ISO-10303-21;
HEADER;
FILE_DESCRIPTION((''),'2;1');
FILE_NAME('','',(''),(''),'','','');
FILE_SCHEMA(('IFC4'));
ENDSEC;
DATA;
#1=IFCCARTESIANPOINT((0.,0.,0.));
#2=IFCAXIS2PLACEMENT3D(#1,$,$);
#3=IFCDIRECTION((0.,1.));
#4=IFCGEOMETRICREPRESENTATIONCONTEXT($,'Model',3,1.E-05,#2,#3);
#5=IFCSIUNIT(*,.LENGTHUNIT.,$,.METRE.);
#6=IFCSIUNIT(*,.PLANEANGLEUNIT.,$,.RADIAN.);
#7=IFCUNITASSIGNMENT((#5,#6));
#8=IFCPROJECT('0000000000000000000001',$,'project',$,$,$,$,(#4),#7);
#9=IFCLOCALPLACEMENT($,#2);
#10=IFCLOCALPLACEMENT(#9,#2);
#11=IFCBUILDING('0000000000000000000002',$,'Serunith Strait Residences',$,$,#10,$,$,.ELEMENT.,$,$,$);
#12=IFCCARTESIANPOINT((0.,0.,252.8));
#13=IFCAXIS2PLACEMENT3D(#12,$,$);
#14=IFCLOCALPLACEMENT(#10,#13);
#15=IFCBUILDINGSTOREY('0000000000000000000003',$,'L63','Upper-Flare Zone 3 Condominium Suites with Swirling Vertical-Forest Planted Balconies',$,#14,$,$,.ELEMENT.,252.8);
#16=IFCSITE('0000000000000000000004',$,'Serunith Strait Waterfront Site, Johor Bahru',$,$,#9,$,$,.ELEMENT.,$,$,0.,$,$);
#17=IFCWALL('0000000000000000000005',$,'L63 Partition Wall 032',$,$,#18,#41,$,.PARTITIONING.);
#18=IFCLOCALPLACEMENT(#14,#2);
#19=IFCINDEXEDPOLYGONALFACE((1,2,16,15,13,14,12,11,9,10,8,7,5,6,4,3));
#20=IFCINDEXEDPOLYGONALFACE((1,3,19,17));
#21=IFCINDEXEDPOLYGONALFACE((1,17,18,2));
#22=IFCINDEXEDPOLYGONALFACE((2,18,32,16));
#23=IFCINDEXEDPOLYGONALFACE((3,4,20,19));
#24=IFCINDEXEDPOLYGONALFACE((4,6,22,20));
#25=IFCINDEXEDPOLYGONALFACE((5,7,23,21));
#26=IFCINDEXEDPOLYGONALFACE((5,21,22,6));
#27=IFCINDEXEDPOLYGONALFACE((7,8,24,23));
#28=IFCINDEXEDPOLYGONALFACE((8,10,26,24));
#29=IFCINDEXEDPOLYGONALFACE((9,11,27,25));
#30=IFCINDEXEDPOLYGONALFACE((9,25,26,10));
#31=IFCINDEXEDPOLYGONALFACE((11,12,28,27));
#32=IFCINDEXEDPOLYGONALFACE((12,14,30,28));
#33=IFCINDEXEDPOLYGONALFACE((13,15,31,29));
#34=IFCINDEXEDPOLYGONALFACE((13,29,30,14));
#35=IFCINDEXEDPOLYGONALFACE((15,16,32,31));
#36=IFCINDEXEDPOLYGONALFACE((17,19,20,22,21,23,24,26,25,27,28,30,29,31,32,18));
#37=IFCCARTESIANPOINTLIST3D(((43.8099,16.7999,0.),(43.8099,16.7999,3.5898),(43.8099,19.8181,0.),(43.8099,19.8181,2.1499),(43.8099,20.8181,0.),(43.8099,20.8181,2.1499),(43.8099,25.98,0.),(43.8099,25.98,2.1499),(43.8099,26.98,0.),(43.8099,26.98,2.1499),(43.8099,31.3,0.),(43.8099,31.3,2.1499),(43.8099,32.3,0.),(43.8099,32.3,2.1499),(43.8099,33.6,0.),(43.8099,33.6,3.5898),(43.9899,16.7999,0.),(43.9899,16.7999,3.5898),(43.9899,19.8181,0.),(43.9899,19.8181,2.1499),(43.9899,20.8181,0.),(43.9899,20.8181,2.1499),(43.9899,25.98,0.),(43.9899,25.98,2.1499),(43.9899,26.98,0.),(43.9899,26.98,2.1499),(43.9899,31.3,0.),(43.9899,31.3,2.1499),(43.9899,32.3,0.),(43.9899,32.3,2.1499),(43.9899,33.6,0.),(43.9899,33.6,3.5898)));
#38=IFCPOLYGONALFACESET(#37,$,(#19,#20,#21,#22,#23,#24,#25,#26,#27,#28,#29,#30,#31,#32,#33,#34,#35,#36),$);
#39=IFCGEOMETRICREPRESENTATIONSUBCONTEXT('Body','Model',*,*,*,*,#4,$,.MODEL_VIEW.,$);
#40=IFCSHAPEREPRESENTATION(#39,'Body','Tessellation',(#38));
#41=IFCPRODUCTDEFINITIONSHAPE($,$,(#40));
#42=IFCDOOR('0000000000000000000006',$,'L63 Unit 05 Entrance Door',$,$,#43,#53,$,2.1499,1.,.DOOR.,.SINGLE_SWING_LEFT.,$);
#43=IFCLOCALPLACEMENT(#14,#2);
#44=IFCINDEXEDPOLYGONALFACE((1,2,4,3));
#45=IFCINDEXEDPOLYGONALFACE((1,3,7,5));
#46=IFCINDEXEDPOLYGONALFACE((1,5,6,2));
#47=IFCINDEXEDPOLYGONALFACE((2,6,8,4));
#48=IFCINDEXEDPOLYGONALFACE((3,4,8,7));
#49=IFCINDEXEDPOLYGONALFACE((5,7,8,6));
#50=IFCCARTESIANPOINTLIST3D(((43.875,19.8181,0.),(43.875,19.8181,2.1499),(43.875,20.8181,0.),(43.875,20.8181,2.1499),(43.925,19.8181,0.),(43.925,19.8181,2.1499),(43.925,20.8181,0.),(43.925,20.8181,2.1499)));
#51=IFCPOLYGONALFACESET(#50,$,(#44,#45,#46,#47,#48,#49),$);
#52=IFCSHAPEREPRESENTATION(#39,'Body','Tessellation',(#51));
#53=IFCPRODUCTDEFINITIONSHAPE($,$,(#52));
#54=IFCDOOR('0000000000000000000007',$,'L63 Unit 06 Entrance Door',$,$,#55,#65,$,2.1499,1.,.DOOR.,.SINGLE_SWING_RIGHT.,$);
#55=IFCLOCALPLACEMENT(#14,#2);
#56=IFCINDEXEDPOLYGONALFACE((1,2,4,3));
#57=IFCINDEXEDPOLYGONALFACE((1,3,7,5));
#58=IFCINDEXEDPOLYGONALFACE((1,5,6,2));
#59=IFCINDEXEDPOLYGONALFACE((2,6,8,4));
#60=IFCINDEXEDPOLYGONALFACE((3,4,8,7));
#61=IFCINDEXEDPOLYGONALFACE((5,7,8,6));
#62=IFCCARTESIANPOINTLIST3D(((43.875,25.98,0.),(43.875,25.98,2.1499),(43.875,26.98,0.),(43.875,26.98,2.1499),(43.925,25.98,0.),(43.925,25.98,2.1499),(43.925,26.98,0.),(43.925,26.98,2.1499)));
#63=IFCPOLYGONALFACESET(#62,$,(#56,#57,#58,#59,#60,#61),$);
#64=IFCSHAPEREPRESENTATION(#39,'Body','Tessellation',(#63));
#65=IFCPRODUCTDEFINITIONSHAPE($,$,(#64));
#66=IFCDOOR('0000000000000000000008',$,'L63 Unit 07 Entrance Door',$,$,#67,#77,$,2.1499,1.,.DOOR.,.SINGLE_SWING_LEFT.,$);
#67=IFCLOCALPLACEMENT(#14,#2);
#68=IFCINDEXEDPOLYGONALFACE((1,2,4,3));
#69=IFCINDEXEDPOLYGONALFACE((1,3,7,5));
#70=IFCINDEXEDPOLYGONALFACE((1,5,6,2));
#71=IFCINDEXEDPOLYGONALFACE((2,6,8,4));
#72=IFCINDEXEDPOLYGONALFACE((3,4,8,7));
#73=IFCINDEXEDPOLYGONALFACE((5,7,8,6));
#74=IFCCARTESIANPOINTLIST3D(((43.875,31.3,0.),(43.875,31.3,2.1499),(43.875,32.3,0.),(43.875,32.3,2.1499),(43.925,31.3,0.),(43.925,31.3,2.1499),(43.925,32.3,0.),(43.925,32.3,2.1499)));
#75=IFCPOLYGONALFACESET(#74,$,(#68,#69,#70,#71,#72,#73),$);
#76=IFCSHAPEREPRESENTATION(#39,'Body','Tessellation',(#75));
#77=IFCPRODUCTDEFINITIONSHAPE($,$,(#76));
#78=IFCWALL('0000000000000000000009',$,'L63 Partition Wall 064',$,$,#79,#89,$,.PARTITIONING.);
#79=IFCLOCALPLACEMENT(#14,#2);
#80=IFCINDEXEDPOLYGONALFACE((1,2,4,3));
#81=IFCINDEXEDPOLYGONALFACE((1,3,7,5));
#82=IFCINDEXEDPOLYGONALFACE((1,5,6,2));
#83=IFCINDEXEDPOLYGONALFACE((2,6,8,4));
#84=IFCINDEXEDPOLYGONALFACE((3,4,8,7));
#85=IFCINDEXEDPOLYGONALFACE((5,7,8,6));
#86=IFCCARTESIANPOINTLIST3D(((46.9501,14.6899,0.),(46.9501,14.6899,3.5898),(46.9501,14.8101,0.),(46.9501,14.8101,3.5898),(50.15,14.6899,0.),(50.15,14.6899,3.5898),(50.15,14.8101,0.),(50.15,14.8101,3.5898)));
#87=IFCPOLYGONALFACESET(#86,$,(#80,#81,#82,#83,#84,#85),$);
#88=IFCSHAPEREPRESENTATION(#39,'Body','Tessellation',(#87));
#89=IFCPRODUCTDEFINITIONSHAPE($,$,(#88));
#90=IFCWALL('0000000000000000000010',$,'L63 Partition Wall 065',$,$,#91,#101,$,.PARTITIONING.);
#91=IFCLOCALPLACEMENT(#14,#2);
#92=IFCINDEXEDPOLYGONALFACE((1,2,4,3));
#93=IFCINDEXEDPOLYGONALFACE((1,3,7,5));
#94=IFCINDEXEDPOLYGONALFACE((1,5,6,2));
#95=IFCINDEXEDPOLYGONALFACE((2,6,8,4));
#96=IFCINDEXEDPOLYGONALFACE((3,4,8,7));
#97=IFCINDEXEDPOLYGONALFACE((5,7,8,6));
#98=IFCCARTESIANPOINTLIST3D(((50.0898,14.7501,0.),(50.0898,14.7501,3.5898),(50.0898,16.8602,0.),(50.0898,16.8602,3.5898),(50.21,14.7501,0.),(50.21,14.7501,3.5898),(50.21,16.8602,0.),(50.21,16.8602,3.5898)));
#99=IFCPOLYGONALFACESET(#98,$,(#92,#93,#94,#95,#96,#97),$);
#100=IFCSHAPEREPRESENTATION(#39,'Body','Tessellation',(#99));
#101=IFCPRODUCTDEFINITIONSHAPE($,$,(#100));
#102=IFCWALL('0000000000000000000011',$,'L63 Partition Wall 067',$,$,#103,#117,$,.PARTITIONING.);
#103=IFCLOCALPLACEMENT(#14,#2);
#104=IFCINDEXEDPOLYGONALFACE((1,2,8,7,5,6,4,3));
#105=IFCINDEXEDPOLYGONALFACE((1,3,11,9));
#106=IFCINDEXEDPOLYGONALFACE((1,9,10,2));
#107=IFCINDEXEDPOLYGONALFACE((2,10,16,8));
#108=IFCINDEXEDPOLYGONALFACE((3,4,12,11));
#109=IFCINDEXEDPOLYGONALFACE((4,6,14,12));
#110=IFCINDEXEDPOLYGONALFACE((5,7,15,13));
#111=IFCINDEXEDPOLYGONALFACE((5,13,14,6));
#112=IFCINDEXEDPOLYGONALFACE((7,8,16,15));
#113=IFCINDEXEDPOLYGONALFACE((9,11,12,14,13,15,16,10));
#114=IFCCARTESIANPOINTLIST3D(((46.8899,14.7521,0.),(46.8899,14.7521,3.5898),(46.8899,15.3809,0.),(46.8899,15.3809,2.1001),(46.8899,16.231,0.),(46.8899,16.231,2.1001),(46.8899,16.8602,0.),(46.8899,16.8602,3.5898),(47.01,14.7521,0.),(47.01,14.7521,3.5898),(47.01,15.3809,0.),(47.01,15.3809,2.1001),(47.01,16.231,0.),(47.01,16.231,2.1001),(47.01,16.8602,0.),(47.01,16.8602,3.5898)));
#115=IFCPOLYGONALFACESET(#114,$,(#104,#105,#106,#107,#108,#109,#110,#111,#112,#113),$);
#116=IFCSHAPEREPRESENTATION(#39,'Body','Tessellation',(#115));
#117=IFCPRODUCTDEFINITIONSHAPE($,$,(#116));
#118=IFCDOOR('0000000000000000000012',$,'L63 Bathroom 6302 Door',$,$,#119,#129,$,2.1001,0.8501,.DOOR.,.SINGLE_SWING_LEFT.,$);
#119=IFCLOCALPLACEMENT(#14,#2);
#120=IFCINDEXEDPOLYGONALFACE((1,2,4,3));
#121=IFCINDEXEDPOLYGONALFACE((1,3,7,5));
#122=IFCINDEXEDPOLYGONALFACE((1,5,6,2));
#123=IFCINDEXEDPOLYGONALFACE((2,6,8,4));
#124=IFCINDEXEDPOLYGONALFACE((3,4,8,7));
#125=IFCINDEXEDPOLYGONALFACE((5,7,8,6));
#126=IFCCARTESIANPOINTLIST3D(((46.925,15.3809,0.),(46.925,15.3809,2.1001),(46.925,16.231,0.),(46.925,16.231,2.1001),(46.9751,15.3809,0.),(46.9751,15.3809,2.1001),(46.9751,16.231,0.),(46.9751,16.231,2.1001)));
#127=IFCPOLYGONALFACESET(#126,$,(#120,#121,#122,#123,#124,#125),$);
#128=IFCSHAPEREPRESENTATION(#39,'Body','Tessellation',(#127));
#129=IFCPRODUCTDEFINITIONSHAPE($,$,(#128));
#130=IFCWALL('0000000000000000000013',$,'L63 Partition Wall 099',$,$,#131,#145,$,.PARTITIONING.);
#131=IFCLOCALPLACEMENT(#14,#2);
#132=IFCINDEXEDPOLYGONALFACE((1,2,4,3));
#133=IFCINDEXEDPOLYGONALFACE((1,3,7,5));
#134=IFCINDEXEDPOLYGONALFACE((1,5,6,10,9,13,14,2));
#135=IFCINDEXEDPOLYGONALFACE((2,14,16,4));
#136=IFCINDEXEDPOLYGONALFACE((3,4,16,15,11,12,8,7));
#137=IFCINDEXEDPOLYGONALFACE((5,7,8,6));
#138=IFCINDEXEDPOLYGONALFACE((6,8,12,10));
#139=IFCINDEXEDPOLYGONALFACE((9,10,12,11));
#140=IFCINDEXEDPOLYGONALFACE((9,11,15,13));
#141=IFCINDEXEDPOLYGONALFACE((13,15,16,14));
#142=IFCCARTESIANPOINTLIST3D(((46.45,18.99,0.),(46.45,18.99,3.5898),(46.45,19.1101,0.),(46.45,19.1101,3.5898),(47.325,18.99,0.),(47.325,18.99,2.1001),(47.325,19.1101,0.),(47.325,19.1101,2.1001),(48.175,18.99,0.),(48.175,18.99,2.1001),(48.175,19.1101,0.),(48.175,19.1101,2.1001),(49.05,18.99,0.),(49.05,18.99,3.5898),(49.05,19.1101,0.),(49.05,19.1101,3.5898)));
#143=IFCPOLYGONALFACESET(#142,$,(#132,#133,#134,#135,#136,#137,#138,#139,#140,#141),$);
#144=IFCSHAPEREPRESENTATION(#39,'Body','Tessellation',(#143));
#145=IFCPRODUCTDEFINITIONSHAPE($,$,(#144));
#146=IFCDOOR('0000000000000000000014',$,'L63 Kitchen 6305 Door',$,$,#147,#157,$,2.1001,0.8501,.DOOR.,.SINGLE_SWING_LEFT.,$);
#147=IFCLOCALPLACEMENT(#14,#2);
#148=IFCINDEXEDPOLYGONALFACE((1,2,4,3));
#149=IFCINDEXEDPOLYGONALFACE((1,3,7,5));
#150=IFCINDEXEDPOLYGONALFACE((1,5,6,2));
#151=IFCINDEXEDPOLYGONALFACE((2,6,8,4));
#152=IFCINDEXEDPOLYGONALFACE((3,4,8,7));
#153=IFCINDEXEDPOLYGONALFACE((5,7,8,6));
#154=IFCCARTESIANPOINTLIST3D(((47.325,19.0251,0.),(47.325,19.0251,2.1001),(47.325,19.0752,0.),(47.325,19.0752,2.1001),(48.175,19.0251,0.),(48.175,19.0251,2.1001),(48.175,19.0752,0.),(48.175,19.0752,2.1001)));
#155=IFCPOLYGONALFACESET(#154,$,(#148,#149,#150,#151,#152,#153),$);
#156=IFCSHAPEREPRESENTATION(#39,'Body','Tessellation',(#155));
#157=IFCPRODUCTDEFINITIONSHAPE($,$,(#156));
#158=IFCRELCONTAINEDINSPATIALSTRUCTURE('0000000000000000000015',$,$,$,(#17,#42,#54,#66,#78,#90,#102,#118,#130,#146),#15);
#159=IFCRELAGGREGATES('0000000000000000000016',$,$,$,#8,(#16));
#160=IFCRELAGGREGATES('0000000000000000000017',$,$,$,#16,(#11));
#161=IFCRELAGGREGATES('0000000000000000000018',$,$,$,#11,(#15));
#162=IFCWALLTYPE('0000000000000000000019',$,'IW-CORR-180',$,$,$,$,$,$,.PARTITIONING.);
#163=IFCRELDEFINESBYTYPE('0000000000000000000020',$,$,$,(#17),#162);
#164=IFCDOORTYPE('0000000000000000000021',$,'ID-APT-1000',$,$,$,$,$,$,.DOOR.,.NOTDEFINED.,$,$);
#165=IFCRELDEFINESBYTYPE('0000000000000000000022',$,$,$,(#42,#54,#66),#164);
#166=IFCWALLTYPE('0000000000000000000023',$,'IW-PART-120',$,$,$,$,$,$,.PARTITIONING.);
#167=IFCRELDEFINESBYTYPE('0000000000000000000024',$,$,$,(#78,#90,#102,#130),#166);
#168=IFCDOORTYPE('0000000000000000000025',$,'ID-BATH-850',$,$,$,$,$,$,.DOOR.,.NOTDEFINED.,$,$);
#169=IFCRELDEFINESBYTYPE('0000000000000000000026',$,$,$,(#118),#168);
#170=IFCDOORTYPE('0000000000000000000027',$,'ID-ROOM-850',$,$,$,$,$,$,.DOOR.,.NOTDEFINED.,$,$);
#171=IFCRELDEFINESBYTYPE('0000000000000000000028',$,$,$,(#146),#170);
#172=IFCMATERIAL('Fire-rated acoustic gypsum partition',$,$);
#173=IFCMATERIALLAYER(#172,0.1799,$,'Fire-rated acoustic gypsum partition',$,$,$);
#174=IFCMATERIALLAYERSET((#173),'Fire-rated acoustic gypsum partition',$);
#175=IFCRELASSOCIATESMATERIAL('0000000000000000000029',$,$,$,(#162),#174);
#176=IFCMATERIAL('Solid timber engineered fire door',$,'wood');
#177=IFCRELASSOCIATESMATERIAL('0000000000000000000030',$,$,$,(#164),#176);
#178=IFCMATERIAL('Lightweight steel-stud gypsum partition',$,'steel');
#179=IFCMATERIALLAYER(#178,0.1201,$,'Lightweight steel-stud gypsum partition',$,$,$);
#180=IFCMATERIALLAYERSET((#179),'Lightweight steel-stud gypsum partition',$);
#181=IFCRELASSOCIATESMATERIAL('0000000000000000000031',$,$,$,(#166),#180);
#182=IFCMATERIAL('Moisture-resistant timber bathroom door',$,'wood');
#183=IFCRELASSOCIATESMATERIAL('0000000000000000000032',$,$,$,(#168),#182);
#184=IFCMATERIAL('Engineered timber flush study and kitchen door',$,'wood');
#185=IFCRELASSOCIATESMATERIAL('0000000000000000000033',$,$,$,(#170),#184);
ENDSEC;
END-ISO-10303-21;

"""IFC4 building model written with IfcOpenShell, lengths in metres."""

from ifc_helpers import new_model, si_unit, direction, frame, frame_2d, origin, place, context, subcontext, project, spatial, rectangle, extrude, source, transform, mapped, material, layer, layer_set, type_object, element, fill, save


model = new_model("IFC4")

# Units and contexts
model_context = context("Model", 3, precision=1e-05, world=origin(), true_north=direction((0.0, 1.0)))
body_context = subcontext(model_context, "Body", "Model", "MODEL_VIEW")
ifc_project = project(units=[si_unit("LENGTHUNIT", "METRE"), si_unit("PLANEANGLEUNIT", "RADIAN")], contexts=[model_context])

# Site, building, storey
site_placement = place(None, origin())
site = spatial("IfcSite", under=ifc_project, at=site_placement, Name="Serunith Strait Waterfront Site, Johor Bahru", CompositionType="ELEMENT", RefElevation=0.0)
building_placement = place(site_placement, origin())
building = spatial("IfcBuilding", under=site, at=building_placement, Name="Serunith Strait Residences", CompositionType="ELEMENT")
storey_placement = place(building_placement, frame((0.0, 0.0, 252.8)))
storey = spatial("IfcBuildingStorey", under=building, at=storey_placement, Name="L63", Description="Upper-Flare Zone 3 Condominium Suites with Swirling Vertical-Forest Planted Balconies", CompositionType="ELEMENT", Elevation=252.8)

# Wall, openings, doors
ifc_material_1 = material(Name="Fire-rated acoustic gypsum partition")
ifc_layer_1 = layer(ifc_material_1, 0.1799, Name="Fire-rated acoustic gypsum partition")
ifc_layer_set_1 = layer_set([ifc_layer_1], Name="Fire-rated acoustic gypsum partition")
wall_type_1 = type_object("IfcWallType", Name="IW-CORR-180", PredefinedType="PARTITIONING", material=ifc_layer_set_1)
wall_1_placement = place(storey_placement, frame((43.8999, 16.8, 0.0), z_axis=(0.0, 0.0, 1.0), x_axis=(0.0, 1.0, 0.0)))
wall_1 = element("IfcWall", 1, at=wall_1_placement, inside=storey, type_object=wall_type_1, Name="L63 Partition Wall 032", PredefinedType="PARTITIONING", context=body_context, shape_type="SweptSolid", body=[
    extrude(rectangle(XDim=16.8, YDim=0.1799, at=frame_2d((8.3999, 0.0))), origin(), (0.0, 0.0, 1.0), 3.5898),
])
opening_1_placement = place(wall_1_placement, frame((3.0181, 0.0, 0.0)))
opening_1 = element("IfcOpeningElement", 2, at=opening_1_placement, cuts=wall_1, PredefinedType="OPENING", context=body_context, shape_type="SweptSolid", body=[
    extrude(rectangle(XDim=1.0, YDim=2.1499, at=frame_2d((0.5, 1.075))), frame((0.0, 0.1001, 0.0), z_axis=(0.0, -1.0, 0.0), x_axis=(1.0, 0.0, 0.0)), (0.0, 0.0, 1.0), 0.2),
])
opening_2_placement = place(wall_1_placement, frame((9.1799, 0.0, 0.0)))
opening_2 = element("IfcOpeningElement", 3, at=opening_2_placement, cuts=wall_1, PredefinedType="OPENING", context=body_context, shape_type="SweptSolid", body=[
    extrude(rectangle(XDim=1.0, YDim=2.1499, at=frame_2d((0.5, 1.075))), frame((0.0, 0.1001, 0.0), z_axis=(0.0, -1.0, 0.0), x_axis=(1.0, 0.0, 0.0)), (0.0, 0.0, 1.0), 0.2),
])
opening_3_placement = place(wall_1_placement, frame((14.5, 0.0, 0.0)))
opening_3 = element("IfcOpeningElement", 4, at=opening_3_placement, cuts=wall_1, PredefinedType="OPENING", context=body_context, shape_type="SweptSolid", body=[
    extrude(rectangle(XDim=1.0, YDim=2.1499, at=frame_2d((0.5, 1.075))), frame((0.0, 0.1001, 0.0), z_axis=(0.0, -1.0, 0.0), x_axis=(1.0, 0.0, 0.0)), (0.0, 0.0, 1.0), 0.2),
])
ifc_material_2 = material(Name="Solid timber engineered fire door", Category="wood")
door_type_1 = type_object("IfcDoorType", Name="ID-APT-1000", OperationType="NOTDEFINED", PredefinedType="DOOR", material=ifc_material_2)
shared_shape_1 = source(origin(), body_context, "Body", "SweptSolid", [
    extrude(rectangle(XDim=1.0, YDim=2.1499, at=frame_2d((0.5, 1.075))), frame((0.0, 0.0249, 0.0), z_axis=(0.0, -1.0, 0.0), x_axis=(1.0, 0.0, 0.0)), (0.0, 0.0, 1.0), 0.05),
])
door_1_placement = place(opening_1_placement, origin())
door_1 = element("IfcDoor", 5, at=door_1_placement, inside=storey, type_object=door_type_1, Name="L63 Unit 05 Entrance Door", OperationType="SINGLE_SWING_LEFT", OverallHeight=2.1499, OverallWidth=1.0, PredefinedType="DOOR", context=body_context, shape_type="MappedRepresentation", body=[
    mapped(shared_shape_1, transform((0.0, 0.0, 0.0), scale=1.0)),
])
fill(opening_1, door_1)
door_2_placement = place(opening_2_placement, origin())
door_2 = element("IfcDoor", 6, at=door_2_placement, inside=storey, type_object=door_type_1, Name="L63 Unit 06 Entrance Door", OperationType="SINGLE_SWING_RIGHT", OverallHeight=2.1499, OverallWidth=1.0, PredefinedType="DOOR", context=body_context, shape_type="MappedRepresentation", body=[
    mapped(shared_shape_1, transform((0.0, 0.0, 0.0), scale=1.0)),
])
fill(opening_2, door_2)
door_3_placement = place(opening_3_placement, origin())
door_3 = element("IfcDoor", 7, at=door_3_placement, inside=storey, type_object=door_type_1, Name="L63 Unit 07 Entrance Door", OperationType="SINGLE_SWING_LEFT", OverallHeight=2.1499, OverallWidth=1.0, PredefinedType="DOOR", context=body_context, shape_type="MappedRepresentation", body=[
    mapped(shared_shape_1, transform((0.0, 0.0, 0.0), scale=1.0)),
])
fill(opening_3, door_3)

# Walls
ifc_material_3 = material(Name="Lightweight steel-stud gypsum partition", Category="steel")
ifc_layer_2 = layer(ifc_material_3, 0.1201, Name="Lightweight steel-stud gypsum partition")
ifc_layer_set_2 = layer_set([ifc_layer_2], Name="Lightweight steel-stud gypsum partition")
wall_type_2 = type_object("IfcWallType", Name="IW-PART-120", PredefinedType="PARTITIONING", material=ifc_layer_set_2)
wall_2_placement = place(storey_placement, frame((46.95, 14.75, 0.0), z_axis=(0.0, 0.0, 1.0), x_axis=(1.0, 0.0, 0.0)))
element("IfcWall", 8, at=wall_2_placement, inside=storey, type_object=wall_type_2, Name="L63 Partition Wall 064", PredefinedType="PARTITIONING", context=body_context, shape_type="SweptSolid", body=[
    extrude(rectangle(XDim=3.2, YDim=0.1201, at=frame_2d((1.6001, 0.0))), origin(), (0.0, 0.0, 1.0), 3.5898),
])
wall_3_placement = place(storey_placement, frame((50.1499, 14.75, 0.0), z_axis=(0.0, 0.0, 1.0), x_axis=(0.0, 1.0, 0.0)))
element("IfcWall", 9, at=wall_3_placement, inside=storey, type_object=wall_type_2, Name="L63 Partition Wall 065", PredefinedType="PARTITIONING", context=body_context, shape_type="SweptSolid", body=[
    extrude(rectangle(XDim=2.1101, YDim=0.1201, at=frame_2d((1.0552, 0.0))), origin(), (0.0, 0.0, 1.0), 3.5898),
])

# Walls, openings, doors
wall_4_placement = place(storey_placement, frame((46.95, 14.752, 0.0), z_axis=(0.0, 0.0, 1.0), x_axis=(0.0, 1.0, 0.0)))
wall_4 = element("IfcWall", 10, at=wall_4_placement, inside=storey, type_object=wall_type_2, Name="L63 Partition Wall 067", PredefinedType="PARTITIONING", context=body_context, shape_type="SweptSolid", body=[
    extrude(rectangle(XDim=2.1082, YDim=0.1201, at=frame_2d((1.0542, 0.0))), origin(), (0.0, 0.0, 1.0), 3.5898),
])
opening_4_placement = place(wall_4_placement, frame((0.6289, 0.0, 0.0)))
opening_4 = element("IfcOpeningElement", 11, at=opening_4_placement, cuts=wall_4, PredefinedType="OPENING", context=body_context, shape_type="SweptSolid", body=[
    extrude(rectangle(XDim=0.8501, YDim=2.1001, at=frame_2d((0.425, 1.05))), frame((0.0, 0.0701, 0.0), z_axis=(0.0, -1.0, 0.0), x_axis=(1.0, 0.0, 0.0)), (0.0, 0.0, 1.0), 0.1401),
])
ifc_material_4 = material(Name="Moisture-resistant timber bathroom door", Category="wood")
door_type_2 = type_object("IfcDoorType", Name="ID-BATH-850", OperationType="NOTDEFINED", PredefinedType="DOOR", material=ifc_material_4)
shared_shape_2 = source(origin(), body_context, "Body", "SweptSolid", [
    extrude(rectangle(XDim=0.8501, YDim=2.1001, at=frame_2d((0.425, 1.05))), frame((0.0, 0.0249, 0.0), z_axis=(0.0, -1.0, 0.0), x_axis=(1.0, 0.0, 0.0)), (0.0, 0.0, 1.0), 0.05),
])
door_4_placement = place(opening_4_placement, origin())
door_4 = element("IfcDoor", 12, at=door_4_placement, inside=storey, type_object=door_type_2, Name="L63 Bathroom 6302 Door", OperationType="SINGLE_SWING_LEFT", OverallHeight=2.1001, OverallWidth=0.8501, PredefinedType="DOOR", context=body_context, shape_type="MappedRepresentation", body=[
    mapped(shared_shape_2, transform((0.0, 0.0, 0.0), scale=1.0)),
])
fill(opening_4, door_4)
wall_5_placement = place(storey_placement, frame((49.05, 19.05, 0.0), z_axis=(0.0, 0.0, 1.0), x_axis=(-1.0, 0.0, 0.0)))
wall_5 = element("IfcWall", 13, at=wall_5_placement, inside=storey, type_object=wall_type_2, Name="L63 Partition Wall 099", PredefinedType="PARTITIONING", context=body_context, shape_type="SweptSolid", body=[
    extrude(rectangle(XDim=2.6001, YDim=0.1201, at=frame_2d((1.3, 0.0))), origin(), (0.0, 0.0, 1.0), 3.5898),
])
opening_5_placement = place(wall_5_placement, frame((0.875, 0.0, 0.0)))
opening_5 = element("IfcOpeningElement", 14, at=opening_5_placement, cuts=wall_5, PredefinedType="OPENING", context=body_context, shape_type="SweptSolid", body=[
    extrude(rectangle(XDim=0.8501, YDim=2.1001, at=frame_2d((0.425, 1.05))), frame((0.0, 0.0701, 0.0), z_axis=(0.0, -1.0, 0.0), x_axis=(1.0, 0.0, 0.0)), (0.0, 0.0, 1.0), 0.1401),
])
ifc_material_5 = material(Name="Engineered timber flush study and kitchen door", Category="wood")
door_type_3 = type_object("IfcDoorType", Name="ID-ROOM-850", OperationType="NOTDEFINED", PredefinedType="DOOR", material=ifc_material_5)
door_5_placement = place(opening_5_placement, origin())
door_5 = element("IfcDoor", 15, at=door_5_placement, inside=storey, type_object=door_type_3, Name="L63 Kitchen 6305 Door", OperationType="SINGLE_SWING_LEFT", OverallHeight=2.1001, OverallWidth=0.8501, PredefinedType="DOOR", context=body_context, shape_type="MappedRepresentation", body=[
    mapped(shared_shape_2, transform((0.0, 0.0, 0.0), scale=1.0)),
])
fill(opening_5, door_5)

save(model, "model.ifc")
